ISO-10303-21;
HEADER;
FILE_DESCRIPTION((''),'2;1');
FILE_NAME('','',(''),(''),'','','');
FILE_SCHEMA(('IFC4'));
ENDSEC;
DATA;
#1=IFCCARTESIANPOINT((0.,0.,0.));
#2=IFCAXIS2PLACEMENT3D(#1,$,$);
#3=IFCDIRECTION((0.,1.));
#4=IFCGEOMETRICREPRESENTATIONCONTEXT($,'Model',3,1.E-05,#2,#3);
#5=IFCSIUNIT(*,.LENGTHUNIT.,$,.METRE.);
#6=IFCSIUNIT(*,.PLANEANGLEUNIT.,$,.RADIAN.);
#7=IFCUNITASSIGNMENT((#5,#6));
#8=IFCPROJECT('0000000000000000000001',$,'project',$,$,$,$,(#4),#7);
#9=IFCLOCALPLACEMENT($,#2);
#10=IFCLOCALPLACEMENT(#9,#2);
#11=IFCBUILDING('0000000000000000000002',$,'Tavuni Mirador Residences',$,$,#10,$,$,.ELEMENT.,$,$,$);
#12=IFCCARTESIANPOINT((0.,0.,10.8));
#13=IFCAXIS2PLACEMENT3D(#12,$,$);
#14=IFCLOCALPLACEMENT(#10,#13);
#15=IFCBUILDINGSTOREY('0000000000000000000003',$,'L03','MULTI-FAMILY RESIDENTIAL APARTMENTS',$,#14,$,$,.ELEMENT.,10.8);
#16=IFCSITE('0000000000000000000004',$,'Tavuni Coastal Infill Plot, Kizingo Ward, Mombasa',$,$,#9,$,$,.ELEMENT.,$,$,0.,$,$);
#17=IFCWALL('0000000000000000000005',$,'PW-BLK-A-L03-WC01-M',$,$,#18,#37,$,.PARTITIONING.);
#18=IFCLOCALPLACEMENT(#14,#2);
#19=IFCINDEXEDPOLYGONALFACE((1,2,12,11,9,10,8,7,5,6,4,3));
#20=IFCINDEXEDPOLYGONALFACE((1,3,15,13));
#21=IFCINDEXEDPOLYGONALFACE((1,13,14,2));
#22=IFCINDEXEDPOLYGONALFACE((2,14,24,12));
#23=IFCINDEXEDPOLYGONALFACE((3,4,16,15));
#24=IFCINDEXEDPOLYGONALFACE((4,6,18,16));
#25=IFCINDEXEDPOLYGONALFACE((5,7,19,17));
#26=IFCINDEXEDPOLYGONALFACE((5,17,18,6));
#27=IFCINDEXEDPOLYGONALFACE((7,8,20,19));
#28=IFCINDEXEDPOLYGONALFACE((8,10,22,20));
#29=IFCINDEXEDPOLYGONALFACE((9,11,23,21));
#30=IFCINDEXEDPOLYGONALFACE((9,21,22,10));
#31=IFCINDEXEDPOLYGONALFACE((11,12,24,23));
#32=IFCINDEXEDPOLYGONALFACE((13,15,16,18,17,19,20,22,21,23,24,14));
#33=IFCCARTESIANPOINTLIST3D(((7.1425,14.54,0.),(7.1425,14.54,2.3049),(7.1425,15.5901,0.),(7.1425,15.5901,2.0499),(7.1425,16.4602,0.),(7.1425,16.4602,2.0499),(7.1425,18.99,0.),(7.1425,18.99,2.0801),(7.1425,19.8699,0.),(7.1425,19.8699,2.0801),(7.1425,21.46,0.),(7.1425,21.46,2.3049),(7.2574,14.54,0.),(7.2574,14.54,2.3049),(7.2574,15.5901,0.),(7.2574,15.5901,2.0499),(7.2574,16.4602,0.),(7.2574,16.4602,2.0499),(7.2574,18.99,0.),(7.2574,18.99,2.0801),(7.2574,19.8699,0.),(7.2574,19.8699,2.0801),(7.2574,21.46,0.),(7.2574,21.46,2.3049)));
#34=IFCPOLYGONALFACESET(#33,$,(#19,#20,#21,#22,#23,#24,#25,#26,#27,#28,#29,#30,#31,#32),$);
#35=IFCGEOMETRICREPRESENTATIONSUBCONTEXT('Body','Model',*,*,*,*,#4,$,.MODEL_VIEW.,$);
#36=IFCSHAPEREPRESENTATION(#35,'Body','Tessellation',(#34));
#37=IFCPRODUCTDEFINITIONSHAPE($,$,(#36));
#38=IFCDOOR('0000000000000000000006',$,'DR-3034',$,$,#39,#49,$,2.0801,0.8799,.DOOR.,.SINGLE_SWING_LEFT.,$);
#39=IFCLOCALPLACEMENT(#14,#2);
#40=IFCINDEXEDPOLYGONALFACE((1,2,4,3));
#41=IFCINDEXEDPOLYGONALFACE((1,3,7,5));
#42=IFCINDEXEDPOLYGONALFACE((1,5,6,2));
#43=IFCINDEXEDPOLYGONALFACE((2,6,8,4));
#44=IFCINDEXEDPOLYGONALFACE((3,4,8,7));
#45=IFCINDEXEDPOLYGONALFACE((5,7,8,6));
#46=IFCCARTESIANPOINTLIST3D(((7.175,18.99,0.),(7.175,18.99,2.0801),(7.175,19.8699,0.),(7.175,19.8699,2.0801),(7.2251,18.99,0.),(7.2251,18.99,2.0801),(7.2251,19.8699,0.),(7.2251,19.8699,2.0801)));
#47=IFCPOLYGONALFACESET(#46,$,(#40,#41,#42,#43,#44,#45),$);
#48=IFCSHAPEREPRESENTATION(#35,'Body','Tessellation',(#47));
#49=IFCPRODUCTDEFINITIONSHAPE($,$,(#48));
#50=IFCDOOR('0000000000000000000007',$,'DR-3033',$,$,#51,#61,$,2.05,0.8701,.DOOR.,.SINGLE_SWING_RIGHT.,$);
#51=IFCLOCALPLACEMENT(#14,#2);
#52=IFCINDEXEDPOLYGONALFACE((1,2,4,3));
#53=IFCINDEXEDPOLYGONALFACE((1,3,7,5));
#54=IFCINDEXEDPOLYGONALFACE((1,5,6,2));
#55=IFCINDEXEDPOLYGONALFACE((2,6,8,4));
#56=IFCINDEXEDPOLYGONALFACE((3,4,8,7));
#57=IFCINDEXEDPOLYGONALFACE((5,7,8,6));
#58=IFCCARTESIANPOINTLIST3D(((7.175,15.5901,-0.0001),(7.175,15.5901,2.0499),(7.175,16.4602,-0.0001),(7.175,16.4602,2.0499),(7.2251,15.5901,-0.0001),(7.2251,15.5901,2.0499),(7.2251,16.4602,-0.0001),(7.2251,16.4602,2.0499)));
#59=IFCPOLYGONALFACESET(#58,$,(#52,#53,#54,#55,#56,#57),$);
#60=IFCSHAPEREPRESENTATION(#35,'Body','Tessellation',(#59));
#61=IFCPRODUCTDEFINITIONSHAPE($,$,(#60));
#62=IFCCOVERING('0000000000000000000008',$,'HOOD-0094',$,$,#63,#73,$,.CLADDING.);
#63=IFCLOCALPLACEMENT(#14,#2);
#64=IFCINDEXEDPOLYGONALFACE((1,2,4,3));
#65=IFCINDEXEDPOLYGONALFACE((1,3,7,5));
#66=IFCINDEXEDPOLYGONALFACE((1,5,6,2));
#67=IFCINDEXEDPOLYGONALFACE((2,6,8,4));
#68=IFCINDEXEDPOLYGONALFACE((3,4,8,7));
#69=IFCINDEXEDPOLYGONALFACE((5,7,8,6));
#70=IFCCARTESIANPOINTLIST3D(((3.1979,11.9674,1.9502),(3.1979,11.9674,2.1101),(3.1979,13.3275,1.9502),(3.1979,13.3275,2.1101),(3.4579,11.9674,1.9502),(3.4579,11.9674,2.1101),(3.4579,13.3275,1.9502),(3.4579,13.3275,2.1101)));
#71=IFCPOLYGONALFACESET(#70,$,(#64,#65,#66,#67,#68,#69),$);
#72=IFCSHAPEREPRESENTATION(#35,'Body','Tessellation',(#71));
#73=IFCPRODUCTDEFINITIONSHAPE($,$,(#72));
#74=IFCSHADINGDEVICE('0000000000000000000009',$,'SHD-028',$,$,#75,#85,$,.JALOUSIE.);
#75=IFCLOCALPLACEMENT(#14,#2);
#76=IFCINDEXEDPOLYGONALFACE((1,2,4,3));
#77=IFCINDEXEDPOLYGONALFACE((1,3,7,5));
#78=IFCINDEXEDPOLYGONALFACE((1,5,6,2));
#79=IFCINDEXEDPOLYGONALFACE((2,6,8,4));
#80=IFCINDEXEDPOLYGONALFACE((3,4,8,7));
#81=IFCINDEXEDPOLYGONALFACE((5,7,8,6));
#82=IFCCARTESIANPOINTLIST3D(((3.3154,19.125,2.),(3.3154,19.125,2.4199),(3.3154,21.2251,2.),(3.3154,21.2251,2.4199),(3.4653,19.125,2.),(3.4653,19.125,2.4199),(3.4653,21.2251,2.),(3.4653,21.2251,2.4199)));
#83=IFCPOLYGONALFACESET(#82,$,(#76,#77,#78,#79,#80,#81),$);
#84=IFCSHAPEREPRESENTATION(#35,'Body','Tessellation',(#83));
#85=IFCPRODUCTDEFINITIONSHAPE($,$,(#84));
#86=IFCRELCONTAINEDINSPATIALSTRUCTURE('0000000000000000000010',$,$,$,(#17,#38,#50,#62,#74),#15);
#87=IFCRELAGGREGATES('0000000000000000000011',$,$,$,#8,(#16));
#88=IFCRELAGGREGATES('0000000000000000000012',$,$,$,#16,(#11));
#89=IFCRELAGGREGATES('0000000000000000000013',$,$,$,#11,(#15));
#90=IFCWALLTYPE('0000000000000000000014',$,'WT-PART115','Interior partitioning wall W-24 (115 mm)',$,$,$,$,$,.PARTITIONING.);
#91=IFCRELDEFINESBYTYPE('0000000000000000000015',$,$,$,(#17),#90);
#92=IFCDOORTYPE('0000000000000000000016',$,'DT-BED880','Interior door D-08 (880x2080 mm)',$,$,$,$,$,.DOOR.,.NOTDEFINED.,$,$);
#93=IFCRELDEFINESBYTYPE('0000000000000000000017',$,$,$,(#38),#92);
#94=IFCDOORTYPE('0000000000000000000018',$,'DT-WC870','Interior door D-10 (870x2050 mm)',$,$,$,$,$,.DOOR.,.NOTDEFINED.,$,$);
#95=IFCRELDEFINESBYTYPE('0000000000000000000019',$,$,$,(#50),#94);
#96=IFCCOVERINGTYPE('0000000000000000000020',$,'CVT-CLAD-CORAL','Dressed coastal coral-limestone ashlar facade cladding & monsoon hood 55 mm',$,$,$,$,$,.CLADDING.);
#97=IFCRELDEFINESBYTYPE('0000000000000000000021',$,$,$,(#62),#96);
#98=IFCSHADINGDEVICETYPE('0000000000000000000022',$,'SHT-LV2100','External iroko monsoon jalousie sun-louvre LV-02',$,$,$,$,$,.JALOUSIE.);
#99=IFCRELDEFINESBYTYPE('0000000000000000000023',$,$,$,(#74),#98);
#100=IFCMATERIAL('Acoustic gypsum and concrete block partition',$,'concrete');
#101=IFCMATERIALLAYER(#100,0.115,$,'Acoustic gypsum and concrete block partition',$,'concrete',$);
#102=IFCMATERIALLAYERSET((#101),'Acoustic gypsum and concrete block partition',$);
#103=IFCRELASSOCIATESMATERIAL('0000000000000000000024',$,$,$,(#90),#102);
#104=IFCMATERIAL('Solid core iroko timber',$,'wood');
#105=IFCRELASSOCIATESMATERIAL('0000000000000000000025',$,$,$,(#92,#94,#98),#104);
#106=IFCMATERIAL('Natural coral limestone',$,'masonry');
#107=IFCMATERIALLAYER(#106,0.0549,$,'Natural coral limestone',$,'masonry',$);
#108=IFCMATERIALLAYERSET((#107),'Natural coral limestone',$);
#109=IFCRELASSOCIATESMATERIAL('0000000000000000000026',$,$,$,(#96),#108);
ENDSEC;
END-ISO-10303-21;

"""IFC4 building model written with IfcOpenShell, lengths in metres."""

from ifc_helpers import new_model, si_unit, direction, frame, frame_2d, origin, origin_2d, place, context, subcontext, project, spatial, rectangle, extrude, material, layer, layer_set, type_object, element, fill, save


model = new_model("IFC4")

# Units and contexts
model_context = context("Model", 3, precision=1e-05, world=origin(), true_north=direction((0.0, 1.0)))
body_context = subcontext(model_context, "Body", "Model", "MODEL_VIEW")
ifc_project = project(units=[si_unit("LENGTHUNIT", "METRE"), si_unit("PLANEANGLEUNIT", "RADIAN")], contexts=[model_context])

# Site, building, storey
site_placement = place(None, origin())
site = spatial("IfcSite", under=ifc_project, at=site_placement, Name="Tavuni Coastal Infill Plot, Kizingo Ward, Mombasa", CompositionType="ELEMENT", RefElevation=0.0)
building_placement = place(site_placement, origin())
building = spatial("IfcBuilding", under=site, at=building_placement, Name="Tavuni Mirador Residences", CompositionType="ELEMENT")
storey_placement = place(building_placement, frame((0.0, 0.0, 10.8)))
storey = spatial("IfcBuildingStorey", under=building, at=storey_placement, Name="L03", Description="MULTI-FAMILY RESIDENTIAL APARTMENTS", CompositionType="ELEMENT", Elevation=10.8)

# Shared definitions
ifc_material_1 = material(Name="Acoustic gypsum and concrete block partition", Category="concrete")
ifc_layer_1 = layer(ifc_material_1, 0.115, Name="Acoustic gypsum and concrete block partition", Category="concrete")
ifc_layer_set_1 = layer_set([ifc_layer_1], Name="Acoustic gypsum and concrete block partition")
wall_type_1 = type_object("IfcWallType", Name="WT-PART115", Description="Interior partitioning wall W-24 (115 mm)", PredefinedType="PARTITIONING", material=ifc_layer_set_1)
ifc_material_2 = material(Name="Solid core iroko timber", Category="wood")
door_type_1 = type_object("IfcDoorType", Name="DT-BED880", Description="Interior door D-08 (880x2080 mm)", OperationType="NOTDEFINED", PredefinedType="DOOR", material=ifc_material_2)

# Wall, openings, doors
wall_1_placement = place(storey_placement, frame((7.2, 14.54, 0.0), z_axis=(0.0, 0.0, 1.0), x_axis=(0.0, 1.0, 0.0)))
wall_1 = element("IfcWall", 1, at=wall_1_placement, inside=storey, type_object=wall_type_1, Name="PW-BLK-A-L03-WC01-M", PredefinedType="PARTITIONING", context=body_context, shape_type="SweptSolid", body=[
    extrude(rectangle(XDim=6.9199, YDim=0.115, at=frame_2d((3.46, 0.0))), origin(), (0.0, 0.0, 1.0), 2.3049),
])
opening_1_placement = place(wall_1_placement, frame((1.05, 0.0, 0.0)))
opening_1 = element("IfcOpeningElement", 2, at=opening_1_placement, cuts=wall_1, PredefinedType="OPENING", context=body_context, shape_type="SweptSolid", body=[
    extrude(rectangle(XDim=0.8701, YDim=2.05, at=frame_2d((0.4351, 1.0249))), frame((0.0, 0.0674, 0.0), z_axis=(0.0, -1.0, 0.0), x_axis=(1.0, 0.0, 0.0)), (0.0, 0.0, 1.0), 0.135),
])
opening_2_placement = place(wall_1_placement, frame((4.45, 0.0, 0.0)))
opening_2 = element("IfcOpeningElement", 3, at=opening_2_placement, cuts=wall_1, PredefinedType="OPENING", context=body_context, shape_type="SweptSolid", body=[
    extrude(rectangle(XDim=0.8799, YDim=2.0801, at=frame_2d((0.4399, 1.04))), frame((0.0, 0.0674, 0.0), z_axis=(0.0, -1.0, 0.0), x_axis=(1.0, 0.0, 0.0)), (0.0, 0.0, 1.0), 0.135),
])
door_1_placement = place(opening_2_placement, origin())
door_1 = element("IfcDoor", 4, at=door_1_placement, inside=storey, type_object=door_type_1, Name="DR-3034", OperationType="SINGLE_SWING_LEFT", OverallHeight=2.0801, OverallWidth=0.8799, PredefinedType="DOOR", context=body_context, shape_type="SweptSolid", body=[
    extrude(rectangle(XDim=0.8799, YDim=2.0801, at=frame_2d((0.4399, 1.04))), frame((0.0, 0.0249, 0.0), z_axis=(0.0, -1.0, 0.0), x_axis=(1.0, 0.0, 0.0)), (0.0, 0.0, 1.0), 0.05),
])
fill(opening_2, door_1)
door_type_2 = type_object("IfcDoorType", Name="DT-WC870", Description="Interior door D-10 (870x2050 mm)", OperationType="NOTDEFINED", PredefinedType="DOOR", material=ifc_material_2)
door_2_placement = place(opening_1_placement, origin())
door_2 = element("IfcDoor", 5, at=door_2_placement, inside=storey, type_object=door_type_2, Name="DR-3033", OperationType="SINGLE_SWING_RIGHT", OverallHeight=2.05, OverallWidth=0.8701, PredefinedType="DOOR", context=body_context, shape_type="SweptSolid", body=[
    extrude(rectangle(XDim=0.8701, YDim=2.05, at=frame_2d((0.4351, 1.0249))), frame((0.0, 0.0249, 0.0), z_axis=(0.0, -1.0, 0.0), x_axis=(1.0, 0.0, 0.0)), (0.0, 0.0, 1.0), 0.05),
])
fill(opening_1, door_2)

# Covering
ifc_material_3 = material(Name="Natural coral limestone", Category="masonry")
ifc_layer_2 = layer(ifc_material_3, 0.0549, Name="Natural coral limestone", Category="masonry")
ifc_layer_set_2 = layer_set([ifc_layer_2], Name="Natural coral limestone")
covering_type = type_object("IfcCoveringType", Name="CVT-CLAD-CORAL", Description="Dressed coastal coral-limestone ashlar facade cladding & monsoon hood 55 mm", PredefinedType="CLADDING", material=ifc_layer_set_2)
covering_placement = place(storey_placement, frame((3.3279, 12.6475, 1.9502), z_axis=(0.0, 0.0, 1.0), x_axis=(0.0, -1.0, 0.0)))
element("IfcCovering", 6, at=covering_placement, inside=storey, type_object=covering_type, Name="HOOD-0094", PredefinedType="CLADDING", context=body_context, shape_type="SweptSolid", body=[
    extrude(rectangle(XDim=1.3601, YDim=0.26, at=origin_2d()), origin(), (0.0, 0.0, 1.0), 0.1599),
])

# Shading device
shading_device_type = type_object("IfcShadingDeviceType", Name="SHT-LV2100", Description="External iroko monsoon jalousie sun-louvre LV-02", PredefinedType="JALOUSIE", material=ifc_material_2)
shading_device_placement = place(storey_placement, frame((3.3904, 20.175, 2.0), z_axis=(0.0, 0.0, 1.0), x_axis=(0.0, -1.0, 0.0)))
element("IfcShadingDevice", 7, at=shading_device_placement, inside=storey, type_object=shading_device_type, Name="SHD-028", PredefinedType="JALOUSIE", context=body_context, shape_type="SweptSolid", body=[
    extrude(rectangle(XDim=2.1001, YDim=0.1499, at=origin_2d()), origin(), (0.0, 0.0, 1.0), 0.4199),
])

save(model, "model.ifc")
